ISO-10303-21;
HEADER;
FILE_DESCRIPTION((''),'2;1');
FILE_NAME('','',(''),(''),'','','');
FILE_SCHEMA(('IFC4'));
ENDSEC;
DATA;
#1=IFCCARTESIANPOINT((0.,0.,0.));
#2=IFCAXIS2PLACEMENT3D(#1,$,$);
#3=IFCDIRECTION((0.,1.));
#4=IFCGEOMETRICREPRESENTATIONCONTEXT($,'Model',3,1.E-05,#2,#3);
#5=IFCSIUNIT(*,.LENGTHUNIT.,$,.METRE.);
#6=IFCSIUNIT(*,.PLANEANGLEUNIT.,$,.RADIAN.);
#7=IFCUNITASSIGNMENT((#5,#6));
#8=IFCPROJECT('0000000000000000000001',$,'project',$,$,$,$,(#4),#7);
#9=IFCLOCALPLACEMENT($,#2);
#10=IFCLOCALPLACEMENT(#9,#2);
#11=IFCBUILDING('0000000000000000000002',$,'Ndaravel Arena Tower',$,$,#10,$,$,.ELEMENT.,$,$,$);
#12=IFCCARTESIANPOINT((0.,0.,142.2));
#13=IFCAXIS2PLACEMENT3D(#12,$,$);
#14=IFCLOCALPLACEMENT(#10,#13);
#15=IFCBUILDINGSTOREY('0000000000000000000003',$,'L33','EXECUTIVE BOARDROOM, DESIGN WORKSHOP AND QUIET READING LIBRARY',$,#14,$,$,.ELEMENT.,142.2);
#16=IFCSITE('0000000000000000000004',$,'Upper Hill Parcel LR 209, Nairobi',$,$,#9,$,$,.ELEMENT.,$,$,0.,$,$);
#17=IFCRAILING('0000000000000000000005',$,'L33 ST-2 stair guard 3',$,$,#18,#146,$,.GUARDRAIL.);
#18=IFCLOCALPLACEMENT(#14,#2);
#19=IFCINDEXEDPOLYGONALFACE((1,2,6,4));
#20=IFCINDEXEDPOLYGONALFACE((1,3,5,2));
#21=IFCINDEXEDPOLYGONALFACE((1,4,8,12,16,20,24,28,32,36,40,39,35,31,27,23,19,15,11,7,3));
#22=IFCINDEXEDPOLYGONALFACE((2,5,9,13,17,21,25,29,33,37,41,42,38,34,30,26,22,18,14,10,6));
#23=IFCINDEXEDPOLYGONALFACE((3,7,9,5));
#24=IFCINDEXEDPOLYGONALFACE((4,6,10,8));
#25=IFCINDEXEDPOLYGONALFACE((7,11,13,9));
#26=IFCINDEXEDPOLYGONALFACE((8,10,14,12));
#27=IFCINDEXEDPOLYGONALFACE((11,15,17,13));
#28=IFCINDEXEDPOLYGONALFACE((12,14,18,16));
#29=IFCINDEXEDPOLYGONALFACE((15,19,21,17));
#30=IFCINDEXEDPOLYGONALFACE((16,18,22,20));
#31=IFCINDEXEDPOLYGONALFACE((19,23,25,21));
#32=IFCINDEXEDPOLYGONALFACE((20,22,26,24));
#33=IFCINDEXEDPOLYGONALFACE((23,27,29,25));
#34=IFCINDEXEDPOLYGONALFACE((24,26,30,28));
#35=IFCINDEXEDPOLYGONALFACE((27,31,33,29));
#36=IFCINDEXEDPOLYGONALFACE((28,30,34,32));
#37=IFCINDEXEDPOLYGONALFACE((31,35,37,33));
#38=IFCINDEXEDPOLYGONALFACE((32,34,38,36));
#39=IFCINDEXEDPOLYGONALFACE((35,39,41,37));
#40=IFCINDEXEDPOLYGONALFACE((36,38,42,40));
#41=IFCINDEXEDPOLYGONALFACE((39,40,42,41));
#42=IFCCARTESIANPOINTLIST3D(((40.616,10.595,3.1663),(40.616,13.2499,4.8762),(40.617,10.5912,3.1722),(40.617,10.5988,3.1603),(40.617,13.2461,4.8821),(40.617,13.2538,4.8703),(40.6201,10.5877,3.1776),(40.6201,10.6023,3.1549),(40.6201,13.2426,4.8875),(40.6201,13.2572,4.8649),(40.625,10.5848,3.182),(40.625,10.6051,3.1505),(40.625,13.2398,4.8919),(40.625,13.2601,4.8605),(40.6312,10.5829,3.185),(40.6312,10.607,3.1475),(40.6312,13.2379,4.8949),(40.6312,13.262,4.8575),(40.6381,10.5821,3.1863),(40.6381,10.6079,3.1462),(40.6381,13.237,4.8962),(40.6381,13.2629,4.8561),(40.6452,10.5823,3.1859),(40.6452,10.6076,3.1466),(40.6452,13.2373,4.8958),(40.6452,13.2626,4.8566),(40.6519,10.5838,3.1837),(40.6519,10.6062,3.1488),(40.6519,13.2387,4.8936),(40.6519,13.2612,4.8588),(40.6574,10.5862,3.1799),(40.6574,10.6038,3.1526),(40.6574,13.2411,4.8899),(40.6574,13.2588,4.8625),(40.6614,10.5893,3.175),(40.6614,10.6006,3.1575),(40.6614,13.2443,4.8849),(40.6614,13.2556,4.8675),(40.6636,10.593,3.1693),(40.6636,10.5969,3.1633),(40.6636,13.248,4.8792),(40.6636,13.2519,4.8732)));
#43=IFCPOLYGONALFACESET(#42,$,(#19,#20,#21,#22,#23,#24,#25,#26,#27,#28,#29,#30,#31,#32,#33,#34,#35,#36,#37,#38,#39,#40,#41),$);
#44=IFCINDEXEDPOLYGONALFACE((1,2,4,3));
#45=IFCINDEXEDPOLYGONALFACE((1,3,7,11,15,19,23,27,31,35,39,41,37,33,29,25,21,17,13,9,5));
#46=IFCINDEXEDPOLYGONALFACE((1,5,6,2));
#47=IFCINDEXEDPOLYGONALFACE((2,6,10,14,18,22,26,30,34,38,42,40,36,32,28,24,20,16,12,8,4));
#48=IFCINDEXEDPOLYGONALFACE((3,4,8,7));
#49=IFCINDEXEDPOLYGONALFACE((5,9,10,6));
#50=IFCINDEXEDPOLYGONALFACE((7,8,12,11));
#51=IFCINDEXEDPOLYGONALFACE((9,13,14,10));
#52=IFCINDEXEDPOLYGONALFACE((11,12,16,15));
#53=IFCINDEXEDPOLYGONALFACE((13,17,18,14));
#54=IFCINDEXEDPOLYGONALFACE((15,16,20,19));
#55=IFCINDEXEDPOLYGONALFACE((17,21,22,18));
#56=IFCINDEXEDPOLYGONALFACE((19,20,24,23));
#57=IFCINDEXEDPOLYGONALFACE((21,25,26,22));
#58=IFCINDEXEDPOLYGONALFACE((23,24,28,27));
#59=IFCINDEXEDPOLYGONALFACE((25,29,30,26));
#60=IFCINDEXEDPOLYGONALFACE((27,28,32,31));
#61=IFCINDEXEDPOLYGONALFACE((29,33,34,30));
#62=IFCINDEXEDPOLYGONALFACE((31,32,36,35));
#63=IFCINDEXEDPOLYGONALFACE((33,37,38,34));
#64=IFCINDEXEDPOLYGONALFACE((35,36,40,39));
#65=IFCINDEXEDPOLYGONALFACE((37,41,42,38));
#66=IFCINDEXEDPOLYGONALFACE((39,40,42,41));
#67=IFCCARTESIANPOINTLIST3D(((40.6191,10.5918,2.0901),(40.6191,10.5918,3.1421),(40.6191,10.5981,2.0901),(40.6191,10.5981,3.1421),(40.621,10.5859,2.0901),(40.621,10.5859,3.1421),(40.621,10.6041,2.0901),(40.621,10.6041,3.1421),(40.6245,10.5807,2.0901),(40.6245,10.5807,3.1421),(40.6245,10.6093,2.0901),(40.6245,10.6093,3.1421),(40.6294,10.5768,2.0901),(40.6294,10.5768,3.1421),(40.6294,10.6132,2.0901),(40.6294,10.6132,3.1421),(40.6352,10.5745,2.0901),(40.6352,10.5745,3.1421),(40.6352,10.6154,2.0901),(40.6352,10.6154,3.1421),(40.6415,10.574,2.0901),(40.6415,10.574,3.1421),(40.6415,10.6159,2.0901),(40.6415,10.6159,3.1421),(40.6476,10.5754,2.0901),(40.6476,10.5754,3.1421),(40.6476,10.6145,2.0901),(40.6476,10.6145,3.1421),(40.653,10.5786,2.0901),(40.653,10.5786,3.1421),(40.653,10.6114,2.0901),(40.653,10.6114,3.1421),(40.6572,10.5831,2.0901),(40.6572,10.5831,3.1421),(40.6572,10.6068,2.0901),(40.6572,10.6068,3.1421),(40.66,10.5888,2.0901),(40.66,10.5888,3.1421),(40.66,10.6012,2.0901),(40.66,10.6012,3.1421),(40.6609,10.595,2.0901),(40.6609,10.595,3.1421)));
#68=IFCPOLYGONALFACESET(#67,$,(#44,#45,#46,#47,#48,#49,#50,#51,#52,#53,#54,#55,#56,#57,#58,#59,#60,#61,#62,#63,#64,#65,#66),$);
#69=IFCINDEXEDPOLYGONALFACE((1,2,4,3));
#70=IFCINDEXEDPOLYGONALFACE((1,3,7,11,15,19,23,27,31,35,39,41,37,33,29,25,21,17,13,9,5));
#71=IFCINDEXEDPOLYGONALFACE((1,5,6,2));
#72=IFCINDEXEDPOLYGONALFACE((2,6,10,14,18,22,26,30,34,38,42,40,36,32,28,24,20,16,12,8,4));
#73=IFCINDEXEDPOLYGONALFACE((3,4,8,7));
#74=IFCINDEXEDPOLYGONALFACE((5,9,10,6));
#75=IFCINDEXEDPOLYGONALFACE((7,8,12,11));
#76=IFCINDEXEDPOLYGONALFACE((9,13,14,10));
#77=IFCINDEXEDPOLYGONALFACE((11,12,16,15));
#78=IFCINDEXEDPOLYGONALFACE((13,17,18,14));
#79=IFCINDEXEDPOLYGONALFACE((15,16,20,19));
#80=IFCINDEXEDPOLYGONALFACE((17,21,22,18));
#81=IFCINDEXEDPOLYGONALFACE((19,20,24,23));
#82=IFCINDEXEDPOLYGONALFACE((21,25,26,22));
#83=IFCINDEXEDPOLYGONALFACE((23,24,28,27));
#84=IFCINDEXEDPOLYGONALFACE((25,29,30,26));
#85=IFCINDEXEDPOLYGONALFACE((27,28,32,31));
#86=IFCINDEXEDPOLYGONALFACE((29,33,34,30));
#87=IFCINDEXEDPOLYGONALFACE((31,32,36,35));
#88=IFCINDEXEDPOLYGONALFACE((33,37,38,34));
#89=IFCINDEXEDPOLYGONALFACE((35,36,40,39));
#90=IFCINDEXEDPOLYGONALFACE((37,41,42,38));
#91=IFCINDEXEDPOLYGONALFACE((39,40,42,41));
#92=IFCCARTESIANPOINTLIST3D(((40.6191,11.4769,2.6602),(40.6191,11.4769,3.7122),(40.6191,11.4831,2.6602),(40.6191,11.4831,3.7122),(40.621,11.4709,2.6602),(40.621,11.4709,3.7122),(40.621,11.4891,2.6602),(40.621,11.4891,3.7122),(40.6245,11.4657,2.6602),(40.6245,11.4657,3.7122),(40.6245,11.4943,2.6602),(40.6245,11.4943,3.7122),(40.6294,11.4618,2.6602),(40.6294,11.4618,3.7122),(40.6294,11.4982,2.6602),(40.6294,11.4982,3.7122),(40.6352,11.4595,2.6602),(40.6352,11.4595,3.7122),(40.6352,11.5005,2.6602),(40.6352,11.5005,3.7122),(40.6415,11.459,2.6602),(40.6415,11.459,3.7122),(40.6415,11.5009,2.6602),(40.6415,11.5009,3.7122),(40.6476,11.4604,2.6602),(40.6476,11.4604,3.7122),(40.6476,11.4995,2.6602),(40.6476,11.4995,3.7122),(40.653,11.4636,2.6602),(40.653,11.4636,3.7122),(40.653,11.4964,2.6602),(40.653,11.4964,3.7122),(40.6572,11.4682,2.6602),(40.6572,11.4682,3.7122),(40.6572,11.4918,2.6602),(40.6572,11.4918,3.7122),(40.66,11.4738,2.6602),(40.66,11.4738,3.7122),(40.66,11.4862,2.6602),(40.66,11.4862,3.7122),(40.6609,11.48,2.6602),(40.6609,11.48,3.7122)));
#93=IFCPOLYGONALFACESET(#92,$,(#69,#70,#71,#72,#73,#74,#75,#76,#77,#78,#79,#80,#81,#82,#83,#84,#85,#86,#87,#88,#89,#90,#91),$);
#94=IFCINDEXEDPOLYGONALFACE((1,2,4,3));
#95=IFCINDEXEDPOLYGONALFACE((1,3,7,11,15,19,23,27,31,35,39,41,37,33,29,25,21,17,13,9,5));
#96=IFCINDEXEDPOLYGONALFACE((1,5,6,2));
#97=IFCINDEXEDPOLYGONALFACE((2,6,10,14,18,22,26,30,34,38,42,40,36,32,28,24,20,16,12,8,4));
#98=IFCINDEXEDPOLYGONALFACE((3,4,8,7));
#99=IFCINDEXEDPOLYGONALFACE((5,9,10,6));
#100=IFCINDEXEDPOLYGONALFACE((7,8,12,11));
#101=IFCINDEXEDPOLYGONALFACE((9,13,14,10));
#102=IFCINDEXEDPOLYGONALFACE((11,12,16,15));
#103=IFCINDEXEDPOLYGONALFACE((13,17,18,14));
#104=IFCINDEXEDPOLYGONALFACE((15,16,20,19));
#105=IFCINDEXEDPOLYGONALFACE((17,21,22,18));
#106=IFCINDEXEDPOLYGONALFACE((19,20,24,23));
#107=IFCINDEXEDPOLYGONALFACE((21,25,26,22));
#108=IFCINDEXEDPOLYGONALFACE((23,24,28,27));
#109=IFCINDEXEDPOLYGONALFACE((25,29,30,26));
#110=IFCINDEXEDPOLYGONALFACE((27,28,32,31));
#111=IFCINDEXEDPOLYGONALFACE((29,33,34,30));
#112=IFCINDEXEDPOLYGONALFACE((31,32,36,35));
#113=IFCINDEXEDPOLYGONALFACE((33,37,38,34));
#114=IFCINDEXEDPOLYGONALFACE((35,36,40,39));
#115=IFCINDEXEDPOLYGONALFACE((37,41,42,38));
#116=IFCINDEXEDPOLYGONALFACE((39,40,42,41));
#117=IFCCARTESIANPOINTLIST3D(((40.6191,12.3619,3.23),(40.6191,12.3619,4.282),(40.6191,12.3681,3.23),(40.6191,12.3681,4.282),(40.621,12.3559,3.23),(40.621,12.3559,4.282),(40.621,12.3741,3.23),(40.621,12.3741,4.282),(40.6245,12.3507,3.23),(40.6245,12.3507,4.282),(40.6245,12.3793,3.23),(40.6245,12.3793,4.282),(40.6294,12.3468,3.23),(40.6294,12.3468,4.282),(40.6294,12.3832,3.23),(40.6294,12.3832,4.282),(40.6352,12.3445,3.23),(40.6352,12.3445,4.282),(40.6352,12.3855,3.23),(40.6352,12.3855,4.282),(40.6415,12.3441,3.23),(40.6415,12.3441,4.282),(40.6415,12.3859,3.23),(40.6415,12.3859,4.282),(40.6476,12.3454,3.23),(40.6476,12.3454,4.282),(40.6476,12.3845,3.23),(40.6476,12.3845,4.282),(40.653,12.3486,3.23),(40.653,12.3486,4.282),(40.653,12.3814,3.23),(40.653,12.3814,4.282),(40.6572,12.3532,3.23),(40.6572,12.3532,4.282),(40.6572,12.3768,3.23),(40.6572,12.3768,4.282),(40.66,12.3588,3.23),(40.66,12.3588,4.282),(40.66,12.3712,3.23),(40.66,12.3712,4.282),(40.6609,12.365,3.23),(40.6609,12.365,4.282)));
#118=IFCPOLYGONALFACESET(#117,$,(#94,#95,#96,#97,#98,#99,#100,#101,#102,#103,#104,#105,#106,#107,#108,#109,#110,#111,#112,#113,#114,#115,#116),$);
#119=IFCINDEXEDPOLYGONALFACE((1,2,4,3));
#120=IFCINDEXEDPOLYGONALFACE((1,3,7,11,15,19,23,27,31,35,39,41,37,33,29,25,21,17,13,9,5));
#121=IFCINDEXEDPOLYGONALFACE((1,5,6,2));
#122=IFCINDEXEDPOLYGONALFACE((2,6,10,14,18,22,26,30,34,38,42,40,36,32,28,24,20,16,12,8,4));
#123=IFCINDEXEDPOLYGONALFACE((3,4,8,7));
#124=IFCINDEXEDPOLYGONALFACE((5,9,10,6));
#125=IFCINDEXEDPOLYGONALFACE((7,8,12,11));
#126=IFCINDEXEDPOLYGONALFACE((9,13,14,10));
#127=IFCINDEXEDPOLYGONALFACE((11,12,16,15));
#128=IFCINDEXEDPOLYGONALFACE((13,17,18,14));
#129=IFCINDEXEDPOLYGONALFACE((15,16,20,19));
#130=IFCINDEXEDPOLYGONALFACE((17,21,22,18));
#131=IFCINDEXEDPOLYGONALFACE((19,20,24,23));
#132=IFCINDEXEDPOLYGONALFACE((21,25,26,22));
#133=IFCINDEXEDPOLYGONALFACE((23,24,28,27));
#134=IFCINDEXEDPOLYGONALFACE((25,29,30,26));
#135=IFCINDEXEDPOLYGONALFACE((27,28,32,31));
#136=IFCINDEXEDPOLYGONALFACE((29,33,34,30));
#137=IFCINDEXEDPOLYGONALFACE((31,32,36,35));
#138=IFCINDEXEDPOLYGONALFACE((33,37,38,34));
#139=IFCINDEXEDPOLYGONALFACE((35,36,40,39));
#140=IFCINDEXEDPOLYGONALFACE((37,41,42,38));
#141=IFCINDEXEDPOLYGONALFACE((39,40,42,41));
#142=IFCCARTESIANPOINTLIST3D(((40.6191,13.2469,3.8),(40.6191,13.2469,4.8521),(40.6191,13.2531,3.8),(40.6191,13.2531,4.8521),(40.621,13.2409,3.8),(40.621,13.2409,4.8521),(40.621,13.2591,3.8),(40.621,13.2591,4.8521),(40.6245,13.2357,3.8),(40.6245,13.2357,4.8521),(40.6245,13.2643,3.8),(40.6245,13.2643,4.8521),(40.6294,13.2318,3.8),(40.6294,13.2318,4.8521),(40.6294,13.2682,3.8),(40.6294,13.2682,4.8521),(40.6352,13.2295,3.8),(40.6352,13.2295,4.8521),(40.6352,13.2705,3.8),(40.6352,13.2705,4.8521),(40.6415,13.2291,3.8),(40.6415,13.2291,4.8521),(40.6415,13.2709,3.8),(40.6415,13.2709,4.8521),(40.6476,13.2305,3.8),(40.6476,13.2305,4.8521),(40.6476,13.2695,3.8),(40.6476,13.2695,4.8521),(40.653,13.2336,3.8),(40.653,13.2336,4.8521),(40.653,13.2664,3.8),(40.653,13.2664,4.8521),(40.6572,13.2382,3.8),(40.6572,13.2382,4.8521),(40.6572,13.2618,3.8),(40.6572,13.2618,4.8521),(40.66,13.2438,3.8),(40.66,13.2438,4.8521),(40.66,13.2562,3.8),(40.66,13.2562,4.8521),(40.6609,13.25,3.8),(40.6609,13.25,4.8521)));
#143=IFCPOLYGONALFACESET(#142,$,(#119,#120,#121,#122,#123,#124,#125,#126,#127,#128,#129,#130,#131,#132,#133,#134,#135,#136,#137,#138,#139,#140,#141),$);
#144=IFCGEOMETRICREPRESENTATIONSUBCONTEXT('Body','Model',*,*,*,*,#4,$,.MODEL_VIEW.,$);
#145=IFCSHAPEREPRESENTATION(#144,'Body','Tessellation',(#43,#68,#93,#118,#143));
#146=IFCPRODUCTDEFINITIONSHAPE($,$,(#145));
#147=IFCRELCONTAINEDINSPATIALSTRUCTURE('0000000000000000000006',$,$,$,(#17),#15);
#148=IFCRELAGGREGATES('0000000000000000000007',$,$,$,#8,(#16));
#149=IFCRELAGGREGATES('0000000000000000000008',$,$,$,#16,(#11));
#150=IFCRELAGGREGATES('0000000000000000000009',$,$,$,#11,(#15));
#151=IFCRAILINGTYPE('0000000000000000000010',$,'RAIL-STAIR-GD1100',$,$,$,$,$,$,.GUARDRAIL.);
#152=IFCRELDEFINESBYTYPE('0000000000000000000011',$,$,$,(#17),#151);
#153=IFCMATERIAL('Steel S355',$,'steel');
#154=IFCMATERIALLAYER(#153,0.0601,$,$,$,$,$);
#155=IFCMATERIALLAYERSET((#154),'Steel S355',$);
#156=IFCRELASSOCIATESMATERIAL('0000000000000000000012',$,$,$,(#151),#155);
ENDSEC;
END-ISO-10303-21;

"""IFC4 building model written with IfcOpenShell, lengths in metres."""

from ifc_helpers import new_model, si_unit, direction, frame, origin, origin_2d, place, context, subcontext, project, spatial, circle, extrude, material, layer, layer_set, type_object, element, save


model = new_model("IFC4")

# Units and contexts
model_context = context("Model", 3, precision=1e-05, world=origin(), true_north=direction((0.0, 1.0)))
body_context = subcontext(model_context, "Body", "Model", "MODEL_VIEW")
ifc_project = project(units=[si_unit("LENGTHUNIT", "METRE"), si_unit("PLANEANGLEUNIT", "RADIAN")], contexts=[model_context])

# Site, building, storey
site_placement = place(None, origin())
site = spatial("IfcSite", under=ifc_project, at=site_placement, Name="Upper Hill Parcel LR 209, Nairobi", CompositionType="ELEMENT", RefElevation=0.0)
building_placement = place(site_placement, origin())
building = spatial("IfcBuilding", under=site, at=building_placement, Name="Ndaravel Arena Tower", CompositionType="ELEMENT")
storey_placement = place(building_placement, frame((0.0, 0.0, 142.2)))
storey = spatial("IfcBuildingStorey", under=building, at=storey_placement, Name="L33", Description="EXECUTIVE BOARDROOM, DESIGN WORKSHOP AND QUIET READING LIBRARY", CompositionType="ELEMENT", Elevation=142.2)

# Railing
ifc_material_1 = material(Name="Steel S355", Category="steel")
ifc_layer_1 = layer(ifc_material_1, 0.0601)
ifc_layer_set_1 = layer_set([ifc_layer_1], Name="Steel S355")
railing_type_1 = type_object("IfcRailingType", Name="RAIL-STAIR-GD1100", PredefinedType="GUARDRAIL", material=ifc_layer_set_1)
railing_1_placement = place(storey_placement, frame((40.6399, 10.595, 2.0901)))
element("IfcRailing", 1, at=railing_1_placement, inside=storey, type_object=railing_type_1, Name="L33 ST-2 stair guard 3", PredefinedType="GUARDRAIL", context=body_context, shape_type="SweptSolid", body=[
    extrude(circle(Radius=0.0239, at=origin_2d()), frame((0.0, 0.0, 1.0762), z_axis=(0.0, 0.840724, 0.541465), x_axis=(-1.0, 0.0, 0.0)), (0.0, 0.0, 1.0), 3.158),
    extrude(circle(Radius=0.021, at=origin_2d()), origin(), (0.0, 0.0, 1.0), 1.052),
    extrude(circle(Radius=0.021, at=origin_2d()), frame((0.0, 0.885, 0.5701)), (0.0, 0.0, 1.0), 1.052),
    extrude(circle(Radius=0.021, at=origin_2d()), frame((0.0, 1.77, 1.1399)), (0.0, 0.0, 1.0), 1.052),
    extrude(circle(Radius=0.021, at=origin_2d()), frame((0.0, 2.655, 1.71)), (0.0, 0.0, 1.0), 1.052),
])

save(model, "model.ifc")
